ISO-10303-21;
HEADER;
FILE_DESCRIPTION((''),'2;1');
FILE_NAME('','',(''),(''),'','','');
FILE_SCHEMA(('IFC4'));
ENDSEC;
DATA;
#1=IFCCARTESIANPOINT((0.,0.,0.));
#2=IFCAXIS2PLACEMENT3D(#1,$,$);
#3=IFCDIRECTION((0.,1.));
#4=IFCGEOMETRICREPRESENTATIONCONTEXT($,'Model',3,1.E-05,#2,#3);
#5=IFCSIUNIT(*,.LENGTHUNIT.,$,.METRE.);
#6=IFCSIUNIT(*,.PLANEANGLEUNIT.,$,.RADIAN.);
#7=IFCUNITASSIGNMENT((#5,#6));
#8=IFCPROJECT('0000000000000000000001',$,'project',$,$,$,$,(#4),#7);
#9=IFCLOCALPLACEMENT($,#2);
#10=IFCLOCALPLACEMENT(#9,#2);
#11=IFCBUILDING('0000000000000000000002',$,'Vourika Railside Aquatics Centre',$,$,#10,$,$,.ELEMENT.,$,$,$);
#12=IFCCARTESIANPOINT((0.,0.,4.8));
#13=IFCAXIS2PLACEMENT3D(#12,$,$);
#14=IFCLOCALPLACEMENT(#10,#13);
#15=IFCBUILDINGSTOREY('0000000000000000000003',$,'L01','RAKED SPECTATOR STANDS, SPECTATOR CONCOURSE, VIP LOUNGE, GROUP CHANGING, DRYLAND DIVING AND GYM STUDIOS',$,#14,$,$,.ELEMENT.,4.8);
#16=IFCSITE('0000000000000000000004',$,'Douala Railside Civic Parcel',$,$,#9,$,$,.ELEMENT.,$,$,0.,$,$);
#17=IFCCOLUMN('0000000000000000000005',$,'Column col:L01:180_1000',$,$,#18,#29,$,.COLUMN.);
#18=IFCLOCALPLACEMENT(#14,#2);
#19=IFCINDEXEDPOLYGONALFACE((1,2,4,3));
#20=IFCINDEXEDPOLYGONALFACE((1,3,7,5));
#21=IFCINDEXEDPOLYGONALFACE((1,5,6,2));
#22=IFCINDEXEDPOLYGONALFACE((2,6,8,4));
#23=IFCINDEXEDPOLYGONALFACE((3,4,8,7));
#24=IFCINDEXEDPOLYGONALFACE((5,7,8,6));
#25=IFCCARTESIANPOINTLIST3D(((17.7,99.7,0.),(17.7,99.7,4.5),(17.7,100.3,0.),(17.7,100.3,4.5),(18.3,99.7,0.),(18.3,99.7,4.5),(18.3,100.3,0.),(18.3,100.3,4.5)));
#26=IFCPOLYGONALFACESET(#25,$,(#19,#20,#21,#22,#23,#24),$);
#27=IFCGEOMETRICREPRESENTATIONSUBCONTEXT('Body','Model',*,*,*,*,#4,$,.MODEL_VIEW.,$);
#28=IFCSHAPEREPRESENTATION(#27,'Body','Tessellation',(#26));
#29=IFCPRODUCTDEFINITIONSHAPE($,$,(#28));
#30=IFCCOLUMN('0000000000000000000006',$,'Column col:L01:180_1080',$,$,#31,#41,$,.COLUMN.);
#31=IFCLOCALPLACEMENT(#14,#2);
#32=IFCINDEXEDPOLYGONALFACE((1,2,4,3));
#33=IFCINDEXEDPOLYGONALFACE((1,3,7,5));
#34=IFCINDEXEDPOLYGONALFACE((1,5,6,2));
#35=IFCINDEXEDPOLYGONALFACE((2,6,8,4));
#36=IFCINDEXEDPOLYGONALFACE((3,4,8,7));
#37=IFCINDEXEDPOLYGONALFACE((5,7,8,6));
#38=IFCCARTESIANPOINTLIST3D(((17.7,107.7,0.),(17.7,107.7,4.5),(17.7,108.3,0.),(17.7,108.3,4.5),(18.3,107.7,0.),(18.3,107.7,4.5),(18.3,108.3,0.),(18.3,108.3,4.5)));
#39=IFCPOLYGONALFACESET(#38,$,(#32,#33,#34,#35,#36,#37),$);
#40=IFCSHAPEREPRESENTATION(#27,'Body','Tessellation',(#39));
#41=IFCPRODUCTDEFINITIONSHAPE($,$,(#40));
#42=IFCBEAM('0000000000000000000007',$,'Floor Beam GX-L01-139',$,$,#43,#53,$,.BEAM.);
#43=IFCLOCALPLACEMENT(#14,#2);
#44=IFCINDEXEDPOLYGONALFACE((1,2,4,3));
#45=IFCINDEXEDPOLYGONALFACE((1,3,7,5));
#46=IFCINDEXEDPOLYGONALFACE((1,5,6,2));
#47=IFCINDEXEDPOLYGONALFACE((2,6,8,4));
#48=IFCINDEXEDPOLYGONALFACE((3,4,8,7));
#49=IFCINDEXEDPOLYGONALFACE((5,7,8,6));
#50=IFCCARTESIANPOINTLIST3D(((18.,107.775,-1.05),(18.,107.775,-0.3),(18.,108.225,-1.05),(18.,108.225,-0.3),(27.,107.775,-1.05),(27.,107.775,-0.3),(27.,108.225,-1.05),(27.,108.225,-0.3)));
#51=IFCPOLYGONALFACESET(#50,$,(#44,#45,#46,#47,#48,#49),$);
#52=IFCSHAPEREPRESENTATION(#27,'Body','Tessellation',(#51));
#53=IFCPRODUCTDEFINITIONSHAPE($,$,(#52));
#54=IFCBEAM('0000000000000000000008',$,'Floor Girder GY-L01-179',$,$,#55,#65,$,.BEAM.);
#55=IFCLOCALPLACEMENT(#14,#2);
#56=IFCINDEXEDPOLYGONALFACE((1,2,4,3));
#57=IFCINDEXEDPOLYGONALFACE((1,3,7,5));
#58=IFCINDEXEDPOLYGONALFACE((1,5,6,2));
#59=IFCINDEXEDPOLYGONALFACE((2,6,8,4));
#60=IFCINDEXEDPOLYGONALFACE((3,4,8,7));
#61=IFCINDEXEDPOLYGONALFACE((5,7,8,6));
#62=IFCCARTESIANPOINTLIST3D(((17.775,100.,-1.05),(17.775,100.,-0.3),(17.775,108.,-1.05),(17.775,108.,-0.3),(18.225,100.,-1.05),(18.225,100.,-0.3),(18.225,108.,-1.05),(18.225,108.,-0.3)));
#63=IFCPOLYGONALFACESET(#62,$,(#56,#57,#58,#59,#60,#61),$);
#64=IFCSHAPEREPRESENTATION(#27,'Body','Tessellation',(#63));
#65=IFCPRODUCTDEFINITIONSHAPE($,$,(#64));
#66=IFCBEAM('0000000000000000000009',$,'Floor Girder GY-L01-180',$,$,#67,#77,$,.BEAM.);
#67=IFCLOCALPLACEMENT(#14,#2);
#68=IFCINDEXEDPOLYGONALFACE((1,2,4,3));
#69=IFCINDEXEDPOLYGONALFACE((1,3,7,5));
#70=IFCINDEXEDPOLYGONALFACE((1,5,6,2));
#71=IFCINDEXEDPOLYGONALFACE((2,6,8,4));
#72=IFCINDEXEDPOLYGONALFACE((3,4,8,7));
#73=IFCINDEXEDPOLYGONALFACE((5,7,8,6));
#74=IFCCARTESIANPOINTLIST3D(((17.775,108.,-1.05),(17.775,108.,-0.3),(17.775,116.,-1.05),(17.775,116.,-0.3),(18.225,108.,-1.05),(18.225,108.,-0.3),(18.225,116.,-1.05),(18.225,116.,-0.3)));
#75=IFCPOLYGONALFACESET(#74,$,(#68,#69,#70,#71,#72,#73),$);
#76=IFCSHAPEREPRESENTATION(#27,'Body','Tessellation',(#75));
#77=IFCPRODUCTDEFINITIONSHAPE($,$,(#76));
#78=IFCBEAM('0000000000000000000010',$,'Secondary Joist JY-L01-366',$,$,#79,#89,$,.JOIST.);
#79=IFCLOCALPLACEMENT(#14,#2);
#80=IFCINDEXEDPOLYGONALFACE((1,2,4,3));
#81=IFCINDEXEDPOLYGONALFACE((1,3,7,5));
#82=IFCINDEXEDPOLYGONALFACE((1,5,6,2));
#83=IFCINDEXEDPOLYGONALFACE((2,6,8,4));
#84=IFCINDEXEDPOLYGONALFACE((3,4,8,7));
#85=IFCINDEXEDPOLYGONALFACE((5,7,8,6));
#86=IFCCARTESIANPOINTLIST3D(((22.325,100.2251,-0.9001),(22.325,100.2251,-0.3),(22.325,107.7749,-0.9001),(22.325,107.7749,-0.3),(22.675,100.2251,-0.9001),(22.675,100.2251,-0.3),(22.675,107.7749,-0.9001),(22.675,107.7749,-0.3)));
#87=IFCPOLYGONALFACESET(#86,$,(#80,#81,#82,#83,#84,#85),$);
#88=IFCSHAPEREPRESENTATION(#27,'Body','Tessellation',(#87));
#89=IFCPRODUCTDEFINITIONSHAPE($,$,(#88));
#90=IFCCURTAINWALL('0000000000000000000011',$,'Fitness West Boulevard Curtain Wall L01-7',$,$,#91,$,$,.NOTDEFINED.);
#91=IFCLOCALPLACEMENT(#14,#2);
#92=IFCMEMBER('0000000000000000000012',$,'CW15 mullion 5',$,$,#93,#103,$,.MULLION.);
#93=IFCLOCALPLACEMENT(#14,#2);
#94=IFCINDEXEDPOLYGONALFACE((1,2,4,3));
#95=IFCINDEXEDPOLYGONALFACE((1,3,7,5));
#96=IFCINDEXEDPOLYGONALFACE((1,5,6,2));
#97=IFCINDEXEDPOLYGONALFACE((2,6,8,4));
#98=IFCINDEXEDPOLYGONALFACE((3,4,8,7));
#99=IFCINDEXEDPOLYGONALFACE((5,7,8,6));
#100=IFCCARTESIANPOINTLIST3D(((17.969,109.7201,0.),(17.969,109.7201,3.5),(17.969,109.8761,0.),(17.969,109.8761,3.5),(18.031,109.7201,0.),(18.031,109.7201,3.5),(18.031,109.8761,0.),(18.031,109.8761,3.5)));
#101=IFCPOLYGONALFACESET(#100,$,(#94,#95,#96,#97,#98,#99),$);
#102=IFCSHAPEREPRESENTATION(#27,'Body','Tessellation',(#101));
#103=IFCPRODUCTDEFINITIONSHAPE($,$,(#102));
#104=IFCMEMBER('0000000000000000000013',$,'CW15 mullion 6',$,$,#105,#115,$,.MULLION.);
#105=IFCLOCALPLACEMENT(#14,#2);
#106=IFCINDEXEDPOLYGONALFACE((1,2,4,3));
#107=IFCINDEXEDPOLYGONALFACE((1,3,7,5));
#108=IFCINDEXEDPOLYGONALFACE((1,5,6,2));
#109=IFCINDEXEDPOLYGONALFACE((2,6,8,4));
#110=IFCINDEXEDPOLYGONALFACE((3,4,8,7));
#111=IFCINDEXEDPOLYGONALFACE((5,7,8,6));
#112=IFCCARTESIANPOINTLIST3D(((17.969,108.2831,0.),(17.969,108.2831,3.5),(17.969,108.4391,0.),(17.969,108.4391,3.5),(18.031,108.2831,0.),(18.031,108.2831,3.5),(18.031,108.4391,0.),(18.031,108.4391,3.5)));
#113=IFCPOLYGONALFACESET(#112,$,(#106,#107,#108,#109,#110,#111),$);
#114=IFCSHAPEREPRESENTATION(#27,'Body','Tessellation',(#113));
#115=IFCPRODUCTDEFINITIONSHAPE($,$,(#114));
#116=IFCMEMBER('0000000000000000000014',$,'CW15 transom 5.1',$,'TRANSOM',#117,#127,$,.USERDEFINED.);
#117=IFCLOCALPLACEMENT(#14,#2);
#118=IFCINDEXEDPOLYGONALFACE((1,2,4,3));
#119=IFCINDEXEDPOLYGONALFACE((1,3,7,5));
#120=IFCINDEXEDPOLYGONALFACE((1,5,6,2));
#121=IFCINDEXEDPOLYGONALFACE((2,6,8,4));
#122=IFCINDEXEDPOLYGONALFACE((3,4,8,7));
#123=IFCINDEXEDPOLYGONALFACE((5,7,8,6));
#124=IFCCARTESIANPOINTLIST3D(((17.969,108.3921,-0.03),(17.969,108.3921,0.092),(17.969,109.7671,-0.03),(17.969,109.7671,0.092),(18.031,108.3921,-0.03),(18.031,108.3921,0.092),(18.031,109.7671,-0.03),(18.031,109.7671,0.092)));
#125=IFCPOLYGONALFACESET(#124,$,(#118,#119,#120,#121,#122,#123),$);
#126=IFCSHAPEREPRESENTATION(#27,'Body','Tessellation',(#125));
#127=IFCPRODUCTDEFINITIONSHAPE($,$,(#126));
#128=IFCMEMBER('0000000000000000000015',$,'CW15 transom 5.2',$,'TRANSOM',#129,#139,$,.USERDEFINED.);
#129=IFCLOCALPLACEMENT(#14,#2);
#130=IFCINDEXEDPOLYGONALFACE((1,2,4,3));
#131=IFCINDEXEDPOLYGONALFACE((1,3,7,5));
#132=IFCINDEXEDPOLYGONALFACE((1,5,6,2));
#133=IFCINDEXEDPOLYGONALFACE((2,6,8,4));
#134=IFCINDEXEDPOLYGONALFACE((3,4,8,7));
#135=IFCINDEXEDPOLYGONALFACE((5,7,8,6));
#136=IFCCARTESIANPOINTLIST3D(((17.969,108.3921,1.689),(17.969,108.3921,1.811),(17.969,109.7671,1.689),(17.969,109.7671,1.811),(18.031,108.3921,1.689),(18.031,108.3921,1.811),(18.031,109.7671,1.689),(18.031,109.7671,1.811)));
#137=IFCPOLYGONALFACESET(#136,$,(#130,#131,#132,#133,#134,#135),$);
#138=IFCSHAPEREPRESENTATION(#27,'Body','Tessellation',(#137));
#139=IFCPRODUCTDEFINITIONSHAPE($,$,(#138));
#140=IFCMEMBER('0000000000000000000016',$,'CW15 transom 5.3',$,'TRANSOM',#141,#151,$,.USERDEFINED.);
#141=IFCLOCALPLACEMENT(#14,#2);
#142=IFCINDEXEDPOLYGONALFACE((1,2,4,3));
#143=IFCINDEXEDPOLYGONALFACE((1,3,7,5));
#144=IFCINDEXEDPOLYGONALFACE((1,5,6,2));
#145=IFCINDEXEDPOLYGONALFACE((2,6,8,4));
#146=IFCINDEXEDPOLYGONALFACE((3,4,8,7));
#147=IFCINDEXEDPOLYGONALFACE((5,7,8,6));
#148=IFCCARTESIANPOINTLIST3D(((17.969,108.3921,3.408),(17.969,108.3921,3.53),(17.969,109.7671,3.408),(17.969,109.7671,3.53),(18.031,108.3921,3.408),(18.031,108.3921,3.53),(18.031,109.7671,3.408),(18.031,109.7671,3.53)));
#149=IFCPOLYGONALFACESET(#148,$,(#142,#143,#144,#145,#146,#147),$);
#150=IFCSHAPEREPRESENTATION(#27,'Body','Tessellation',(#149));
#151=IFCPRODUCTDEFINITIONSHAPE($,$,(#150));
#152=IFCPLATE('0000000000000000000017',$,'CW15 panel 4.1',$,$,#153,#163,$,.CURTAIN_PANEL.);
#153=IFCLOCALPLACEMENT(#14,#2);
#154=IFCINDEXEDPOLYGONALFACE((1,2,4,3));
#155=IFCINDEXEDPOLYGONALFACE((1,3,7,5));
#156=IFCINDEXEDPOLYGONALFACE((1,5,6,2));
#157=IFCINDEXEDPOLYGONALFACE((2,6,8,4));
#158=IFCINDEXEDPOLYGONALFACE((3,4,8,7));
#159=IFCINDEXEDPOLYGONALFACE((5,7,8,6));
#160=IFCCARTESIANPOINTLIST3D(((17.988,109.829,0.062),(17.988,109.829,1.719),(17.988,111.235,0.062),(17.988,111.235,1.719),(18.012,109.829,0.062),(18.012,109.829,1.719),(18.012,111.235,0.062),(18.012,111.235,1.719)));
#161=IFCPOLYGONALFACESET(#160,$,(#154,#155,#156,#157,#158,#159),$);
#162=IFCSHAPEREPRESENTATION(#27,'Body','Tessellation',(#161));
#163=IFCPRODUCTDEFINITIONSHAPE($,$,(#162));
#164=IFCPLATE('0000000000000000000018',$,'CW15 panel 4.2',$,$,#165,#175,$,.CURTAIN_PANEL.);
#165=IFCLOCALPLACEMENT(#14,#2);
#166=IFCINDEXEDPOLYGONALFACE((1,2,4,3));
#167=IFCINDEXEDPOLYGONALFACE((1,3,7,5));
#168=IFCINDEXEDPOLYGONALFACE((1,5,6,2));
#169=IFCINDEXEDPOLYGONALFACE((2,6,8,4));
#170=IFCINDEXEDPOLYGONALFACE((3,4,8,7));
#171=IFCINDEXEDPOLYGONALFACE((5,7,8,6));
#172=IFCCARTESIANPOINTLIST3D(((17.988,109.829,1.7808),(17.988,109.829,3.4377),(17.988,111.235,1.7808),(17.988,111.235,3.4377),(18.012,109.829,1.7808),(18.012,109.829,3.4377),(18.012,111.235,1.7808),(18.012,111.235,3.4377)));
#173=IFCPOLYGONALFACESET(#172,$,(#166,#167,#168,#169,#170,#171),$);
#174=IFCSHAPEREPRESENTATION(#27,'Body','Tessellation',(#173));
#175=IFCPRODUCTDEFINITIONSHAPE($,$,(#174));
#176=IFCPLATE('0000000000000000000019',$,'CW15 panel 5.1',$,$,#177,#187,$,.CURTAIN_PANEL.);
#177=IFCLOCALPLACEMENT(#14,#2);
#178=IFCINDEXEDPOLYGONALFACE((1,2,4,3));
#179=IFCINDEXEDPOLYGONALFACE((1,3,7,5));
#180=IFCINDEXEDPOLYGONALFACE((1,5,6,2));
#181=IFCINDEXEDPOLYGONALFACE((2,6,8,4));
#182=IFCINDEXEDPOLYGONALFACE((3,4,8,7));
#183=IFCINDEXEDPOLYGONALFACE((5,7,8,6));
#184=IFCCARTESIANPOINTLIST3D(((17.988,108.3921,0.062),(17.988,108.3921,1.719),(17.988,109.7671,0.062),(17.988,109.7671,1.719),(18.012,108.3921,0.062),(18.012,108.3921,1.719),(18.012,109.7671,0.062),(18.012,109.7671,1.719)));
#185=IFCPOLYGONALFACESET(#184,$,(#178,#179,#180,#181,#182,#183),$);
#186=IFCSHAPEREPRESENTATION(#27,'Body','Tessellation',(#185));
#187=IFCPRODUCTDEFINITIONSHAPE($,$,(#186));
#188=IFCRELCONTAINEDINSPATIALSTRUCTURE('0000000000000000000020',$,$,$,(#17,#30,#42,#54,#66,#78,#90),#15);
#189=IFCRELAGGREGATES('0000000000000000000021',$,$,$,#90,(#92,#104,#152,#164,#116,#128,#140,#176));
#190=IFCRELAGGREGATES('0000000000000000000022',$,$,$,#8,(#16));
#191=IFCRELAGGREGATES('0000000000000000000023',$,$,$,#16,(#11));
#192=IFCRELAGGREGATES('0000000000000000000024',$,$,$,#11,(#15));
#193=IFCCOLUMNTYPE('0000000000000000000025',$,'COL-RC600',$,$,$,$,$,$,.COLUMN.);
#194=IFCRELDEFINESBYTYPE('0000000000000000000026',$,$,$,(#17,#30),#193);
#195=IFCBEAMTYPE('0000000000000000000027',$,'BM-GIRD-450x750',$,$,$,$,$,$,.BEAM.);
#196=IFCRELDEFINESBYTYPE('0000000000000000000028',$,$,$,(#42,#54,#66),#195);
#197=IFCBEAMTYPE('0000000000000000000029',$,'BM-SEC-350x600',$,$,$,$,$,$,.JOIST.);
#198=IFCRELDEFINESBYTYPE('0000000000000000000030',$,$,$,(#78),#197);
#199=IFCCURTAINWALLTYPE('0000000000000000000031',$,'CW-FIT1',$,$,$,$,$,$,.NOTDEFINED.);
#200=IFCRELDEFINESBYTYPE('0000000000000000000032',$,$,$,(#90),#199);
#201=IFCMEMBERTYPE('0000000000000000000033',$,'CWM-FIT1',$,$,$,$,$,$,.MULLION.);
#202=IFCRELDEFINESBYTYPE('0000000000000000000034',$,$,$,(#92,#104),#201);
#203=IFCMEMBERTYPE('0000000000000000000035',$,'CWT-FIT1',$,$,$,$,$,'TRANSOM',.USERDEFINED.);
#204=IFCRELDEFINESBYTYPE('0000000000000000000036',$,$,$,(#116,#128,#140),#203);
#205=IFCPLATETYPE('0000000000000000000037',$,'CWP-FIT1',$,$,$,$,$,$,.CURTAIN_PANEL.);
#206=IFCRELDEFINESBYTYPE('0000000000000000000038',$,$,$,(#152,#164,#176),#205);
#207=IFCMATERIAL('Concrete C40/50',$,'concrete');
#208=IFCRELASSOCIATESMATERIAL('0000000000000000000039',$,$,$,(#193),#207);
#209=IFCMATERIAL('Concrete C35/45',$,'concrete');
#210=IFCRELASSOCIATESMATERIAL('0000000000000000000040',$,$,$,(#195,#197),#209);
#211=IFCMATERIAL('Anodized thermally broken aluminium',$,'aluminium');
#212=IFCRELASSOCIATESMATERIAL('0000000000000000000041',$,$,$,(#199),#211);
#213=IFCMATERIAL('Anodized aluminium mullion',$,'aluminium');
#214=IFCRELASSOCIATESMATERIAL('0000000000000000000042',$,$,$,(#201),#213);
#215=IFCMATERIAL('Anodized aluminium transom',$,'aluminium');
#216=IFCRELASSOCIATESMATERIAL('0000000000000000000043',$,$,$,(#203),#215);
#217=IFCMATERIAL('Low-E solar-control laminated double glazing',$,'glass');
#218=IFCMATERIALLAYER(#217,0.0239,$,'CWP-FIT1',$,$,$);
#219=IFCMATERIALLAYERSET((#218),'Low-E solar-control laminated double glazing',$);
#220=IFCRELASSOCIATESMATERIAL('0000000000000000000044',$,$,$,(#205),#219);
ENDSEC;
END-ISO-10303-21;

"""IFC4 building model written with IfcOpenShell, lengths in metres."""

from ifc_helpers import new_model, si_unit, direction, frame, origin, origin_2d, place, context, subcontext, project, spatial, rectangle, extrude, material, layer, layer_set, material_profile, profile_set, type_object, element, aggregate, save


model = new_model("IFC4")

# Units and contexts
model_context = context("Model", 3, precision=1e-05, world=origin(), true_north=direction((0.0, 1.0)))
body_context = subcontext(model_context, "Body", "Model", "MODEL_VIEW")
ifc_project = project(units=[si_unit("LENGTHUNIT", "METRE"), si_unit("PLANEANGLEUNIT", "RADIAN")], contexts=[model_context])

# Site, building, storey
site_placement = place(None, origin())
site = spatial("IfcSite", under=ifc_project, at=site_placement, Name="Douala Railside Civic Parcel", CompositionType="ELEMENT", RefElevation=0.0)
building_placement = place(site_placement, origin())
building = spatial("IfcBuilding", under=site, at=building_placement, Name="Vourika Railside Aquatics Centre", CompositionType="ELEMENT")
storey_placement = place(building_placement, frame((0.0, 0.0, 4.8)))
storey = spatial("IfcBuildingStorey", under=building, at=storey_placement, Name="L01", Description="RAKED SPECTATOR STANDS, SPECTATOR CONCOURSE, VIP LOUNGE, GROUP CHANGING, DRYLAND DIVING AND GYM STUDIOS", CompositionType="ELEMENT", Elevation=4.8)

# Columns
ifc_material_1 = material(Name="Concrete C40/50", Category="concrete")
ifc_material_profile_1 = material_profile(ifc_material_1, rectangle(XDim=0.6001, YDim=0.6001, at=origin_2d()), Name="RC 600x600")
ifc_profile_set_1 = profile_set([ifc_material_profile_1], Name="Concrete C40/50")
column_type = type_object("IfcColumnType", Name="COL-RC600", PredefinedType="COLUMN", material=ifc_profile_set_1)
for number, where, z_axis, x_axis, name in (
    (1, (18.0, 100.0, 0.0), (0.0, 0.0, 1.0), (1.0, 0.0, 0.0), "Column col:L01:180_1000"),
    (2, (18.0, 108.0, 0.0), (0.0, 0.0, 1.0), (1.0, 0.0, 0.0), "Column col:L01:180_1080"),
):
    element("IfcColumn", number, at=place(storey_placement, frame(where, z_axis=z_axis, x_axis=x_axis)), inside=storey, type_object=column_type, Name=name, PredefinedType="COLUMN", context=body_context, shape_type="SweptSolid", body=[
        extrude(rectangle(XDim=0.6001, YDim=0.6001, at=origin_2d()), origin(), (0.0, 0.0, 1.0), 4.5),
    ])

# Beams
ifc_material_2 = material(Name="Concrete C35/45", Category="concrete")
ifc_material_profile_2 = material_profile(ifc_material_2, rectangle(XDim=0.45, YDim=0.75, at=origin_2d()), Name="RC 450x750")
ifc_profile_set_2 = profile_set([ifc_material_profile_2], Name="Concrete C35/45")
beam_type_1 = type_object("IfcBeamType", Name="BM-GIRD-450x750", PredefinedType="BEAM", material=ifc_profile_set_2)
beam_1_placement = place(storey_placement, frame((18.0, 108.0, -0.675), z_axis=(1.0, 0.0, 0.0), x_axis=(0.0, 1.0, 0.0)))
element("IfcBeam", 3, at=beam_1_placement, inside=storey, type_object=beam_type_1, Name="Floor Beam GX-L01-139", PredefinedType="BEAM", context=body_context, shape_type="SweptSolid", body=[
    extrude(rectangle(XDim=0.45, YDim=0.75, at=origin_2d()), origin(), (0.0, 0.0, 1.0), 9.0),
])
for number, where, z_axis, x_axis, name in (
    (4, (18.0, 100.0, -0.675), (0.0, 1.0, 0.0), (-1.0, 0.0, 0.0), "Floor Girder GY-L01-179"),
    (5, (18.0, 108.0, -0.675), (0.0, 1.0, 0.0), (-1.0, 0.0, 0.0), "Floor Girder GY-L01-180"),
):
    element("IfcBeam", number, at=place(storey_placement, frame(where, z_axis=z_axis, x_axis=x_axis)), inside=storey, type_object=beam_type_1, Name=name, PredefinedType="BEAM", context=body_context, shape_type="SweptSolid", body=[
        extrude(rectangle(XDim=0.45, YDim=0.75, at=origin_2d()), origin(), (0.0, 0.0, 1.0), 8.0),
    ])
ifc_material_profile_3 = material_profile(ifc_material_2, rectangle(XDim=0.3501, YDim=0.6001, at=origin_2d()), Name="RC 350x600")
ifc_profile_set_3 = profile_set([ifc_material_profile_3], Name="Concrete C35/45")
beam_type_2 = type_object("IfcBeamType", Name="BM-SEC-350x600", PredefinedType="JOIST", material=ifc_profile_set_3)
beam_2_placement = place(storey_placement, frame((22.5, 100.2251, -0.6001), z_axis=(0.0, 1.0, 0.0), x_axis=(-1.0, 0.0, 0.0)))
element("IfcBeam", 6, at=beam_2_placement, inside=storey, type_object=beam_type_2, Name="Secondary Joist JY-L01-366", PredefinedType="JOIST", context=body_context, shape_type="SweptSolid", body=[
    extrude(rectangle(XDim=0.3501, YDim=0.6001, at=origin_2d()), origin(), (0.0, 0.0, 1.0), 7.5498),
])

# Curtain wall, members, plates
ifc_material_3 = material(Name="Anodized thermally broken aluminium", Category="aluminium")
curtain_wall_type = type_object("IfcCurtainWallType", Name="CW-FIT1", PredefinedType="NOTDEFINED", material=ifc_material_3)
curtain_wall_placement = place(storey_placement, origin())
curtain_wall = element("IfcCurtainWall", 7, at=curtain_wall_placement, inside=storey, type_object=curtain_wall_type, Name="Fitness West Boulevard Curtain Wall L01-7", PredefinedType="NOTDEFINED")
ifc_material_4 = material(Name="Anodized aluminium mullion", Category="aluminium")
ifc_material_profile_4 = material_profile(ifc_material_4, rectangle(XDim=0.062, YDim=0.156, at=origin_2d()), Name="ALU-M 62x156")
ifc_profile_set_4 = profile_set([ifc_material_profile_4], Name="Anodized aluminium mullion")
member_type_1 = type_object("IfcMemberType", Name="CWM-FIT1", PredefinedType="MULLION", material=ifc_profile_set_4)
member_1_placement = place(storey_placement, frame((18.0, 109.7981, 0.0), z_axis=(0.0, 0.0, 1.0), x_axis=(1.0, 0.0, 0.0)))
member_1 = element("IfcMember", 8, at=member_1_placement, type_object=member_type_1, Name="CW15 mullion 5", PredefinedType="MULLION", context=body_context, shape_type="SweptSolid", body=[
    extrude(rectangle(XDim=0.062, YDim=0.156, at=origin_2d()), origin(), (0.0, 0.0, 1.0), 3.5),
])
member_2_placement = place(storey_placement, frame((18.0, 108.3611, 0.0), z_axis=(0.0, 0.0, 1.0), x_axis=(1.0, 0.0, 0.0)))
member_2 = element("IfcMember", 9, at=member_2_placement, type_object=member_type_1, Name="CW15 mullion 6", PredefinedType="MULLION", context=body_context, shape_type="SweptSolid", body=[
    extrude(rectangle(XDim=0.062, YDim=0.156, at=origin_2d()), origin(), (0.0, 0.0, 1.0), 3.5),
])
ifc_material_5 = material(Name="Anodized aluminium transom", Category="aluminium")
ifc_material_profile_5 = material_profile(ifc_material_5, rectangle(XDim=0.062, YDim=0.1221, at=origin_2d()), Name="ALU-T 62x122")
ifc_profile_set_5 = profile_set([ifc_material_profile_5], Name="Anodized aluminium transom")
member_type_2 = type_object("IfcMemberType", Name="CWT-FIT1", ElementType="TRANSOM", PredefinedType="USERDEFINED", material=ifc_profile_set_5)
member_3_placement = place(storey_placement, frame((18.0, 109.7671, 0.031), z_axis=(0.0, -1.0, 0.0), x_axis=(1.0, 0.0, 0.0)))
member_3 = element("IfcMember", 10, at=member_3_placement, type_object=member_type_2, Name="CW15 transom 5.1", ObjectType="TRANSOM", PredefinedType="USERDEFINED", context=body_context, shape_type="SweptSolid", body=[
    extrude(rectangle(XDim=0.062, YDim=0.1221, at=origin_2d()), origin(), (0.0, 0.0, 1.0), 1.375),
])
member_4_placement = place(storey_placement, frame((18.0, 109.7671, 1.75), z_axis=(0.0, -1.0, 0.0), x_axis=(1.0, 0.0, 0.0)))
member_4 = element("IfcMember", 11, at=member_4_placement, type_object=member_type_2, Name="CW15 transom 5.2", ObjectType="TRANSOM", PredefinedType="USERDEFINED", context=body_context, shape_type="SweptSolid", body=[
    extrude(rectangle(XDim=0.062, YDim=0.1221, at=origin_2d()), origin(), (0.0, 0.0, 1.0), 1.375),
])
member_5_placement = place(storey_placement, frame((18.0, 109.7671, 3.469), z_axis=(0.0, -1.0, 0.0), x_axis=(1.0, 0.0, 0.0)))
member_5 = element("IfcMember", 12, at=member_5_placement, type_object=member_type_2, Name="CW15 transom 5.3", ObjectType="TRANSOM", PredefinedType="USERDEFINED", context=body_context, shape_type="SweptSolid", body=[
    extrude(rectangle(XDim=0.062, YDim=0.1221, at=origin_2d()), origin(), (0.0, 0.0, 1.0), 1.375),
])
ifc_material_6 = material(Name="Low-E solar-control laminated double glazing", Category="glass")
ifc_layer_1 = layer(ifc_material_6, 0.0239, Name="CWP-FIT1")
ifc_layer_set_1 = layer_set([ifc_layer_1], Name="Low-E solar-control laminated double glazing")
plate_type = type_object("IfcPlateType", Name="CWP-FIT1", PredefinedType="CURTAIN_PANEL", material=ifc_layer_set_1)
plate_1_placement = place(storey_placement, frame((18.0, 110.532, 0.062), z_axis=(0.0, 0.0, 1.0), x_axis=(0.0, -1.0, 0.0)))
plate_1 = element("IfcPlate", 13, at=plate_1_placement, type_object=plate_type, Name="CW15 panel 4.1", PredefinedType="CURTAIN_PANEL", context=body_context, shape_type="SweptSolid", body=[
    extrude(rectangle(XDim=1.406, YDim=0.0239, at=origin_2d()), origin(), (0.0, 0.0, 1.0), 1.657),
])
plate_2_placement = place(storey_placement, frame((18.0, 110.532, 1.7808), z_axis=(0.0, 0.0, 1.0), x_axis=(0.0, -1.0, 0.0)))
plate_2 = element("IfcPlate", 14, at=plate_2_placement, type_object=plate_type, Name="CW15 panel 4.2", PredefinedType="CURTAIN_PANEL", context=body_context, shape_type="SweptSolid", body=[
    extrude(rectangle(XDim=1.406, YDim=0.0239, at=origin_2d()), origin(), (0.0, 0.0, 1.0), 1.657),
])
plate_3_placement = place(storey_placement, frame((18.0, 109.0796, 0.062), z_axis=(0.0, 0.0, 1.0), x_axis=(0.0, -1.0, 0.0)))
plate_3 = element("IfcPlate", 15, at=plate_3_placement, type_object=plate_type, Name="CW15 panel 5.1", PredefinedType="CURTAIN_PANEL", context=body_context, shape_type="SweptSolid", body=[
    extrude(rectangle(XDim=1.375, YDim=0.0239, at=origin_2d()), origin(), (0.0, 0.0, 1.0), 1.657),
])
aggregate(curtain_wall, [member_1, member_2, plate_1, plate_2, member_3, member_4, member_5, plate_3])

save(model, "model.ifc")
